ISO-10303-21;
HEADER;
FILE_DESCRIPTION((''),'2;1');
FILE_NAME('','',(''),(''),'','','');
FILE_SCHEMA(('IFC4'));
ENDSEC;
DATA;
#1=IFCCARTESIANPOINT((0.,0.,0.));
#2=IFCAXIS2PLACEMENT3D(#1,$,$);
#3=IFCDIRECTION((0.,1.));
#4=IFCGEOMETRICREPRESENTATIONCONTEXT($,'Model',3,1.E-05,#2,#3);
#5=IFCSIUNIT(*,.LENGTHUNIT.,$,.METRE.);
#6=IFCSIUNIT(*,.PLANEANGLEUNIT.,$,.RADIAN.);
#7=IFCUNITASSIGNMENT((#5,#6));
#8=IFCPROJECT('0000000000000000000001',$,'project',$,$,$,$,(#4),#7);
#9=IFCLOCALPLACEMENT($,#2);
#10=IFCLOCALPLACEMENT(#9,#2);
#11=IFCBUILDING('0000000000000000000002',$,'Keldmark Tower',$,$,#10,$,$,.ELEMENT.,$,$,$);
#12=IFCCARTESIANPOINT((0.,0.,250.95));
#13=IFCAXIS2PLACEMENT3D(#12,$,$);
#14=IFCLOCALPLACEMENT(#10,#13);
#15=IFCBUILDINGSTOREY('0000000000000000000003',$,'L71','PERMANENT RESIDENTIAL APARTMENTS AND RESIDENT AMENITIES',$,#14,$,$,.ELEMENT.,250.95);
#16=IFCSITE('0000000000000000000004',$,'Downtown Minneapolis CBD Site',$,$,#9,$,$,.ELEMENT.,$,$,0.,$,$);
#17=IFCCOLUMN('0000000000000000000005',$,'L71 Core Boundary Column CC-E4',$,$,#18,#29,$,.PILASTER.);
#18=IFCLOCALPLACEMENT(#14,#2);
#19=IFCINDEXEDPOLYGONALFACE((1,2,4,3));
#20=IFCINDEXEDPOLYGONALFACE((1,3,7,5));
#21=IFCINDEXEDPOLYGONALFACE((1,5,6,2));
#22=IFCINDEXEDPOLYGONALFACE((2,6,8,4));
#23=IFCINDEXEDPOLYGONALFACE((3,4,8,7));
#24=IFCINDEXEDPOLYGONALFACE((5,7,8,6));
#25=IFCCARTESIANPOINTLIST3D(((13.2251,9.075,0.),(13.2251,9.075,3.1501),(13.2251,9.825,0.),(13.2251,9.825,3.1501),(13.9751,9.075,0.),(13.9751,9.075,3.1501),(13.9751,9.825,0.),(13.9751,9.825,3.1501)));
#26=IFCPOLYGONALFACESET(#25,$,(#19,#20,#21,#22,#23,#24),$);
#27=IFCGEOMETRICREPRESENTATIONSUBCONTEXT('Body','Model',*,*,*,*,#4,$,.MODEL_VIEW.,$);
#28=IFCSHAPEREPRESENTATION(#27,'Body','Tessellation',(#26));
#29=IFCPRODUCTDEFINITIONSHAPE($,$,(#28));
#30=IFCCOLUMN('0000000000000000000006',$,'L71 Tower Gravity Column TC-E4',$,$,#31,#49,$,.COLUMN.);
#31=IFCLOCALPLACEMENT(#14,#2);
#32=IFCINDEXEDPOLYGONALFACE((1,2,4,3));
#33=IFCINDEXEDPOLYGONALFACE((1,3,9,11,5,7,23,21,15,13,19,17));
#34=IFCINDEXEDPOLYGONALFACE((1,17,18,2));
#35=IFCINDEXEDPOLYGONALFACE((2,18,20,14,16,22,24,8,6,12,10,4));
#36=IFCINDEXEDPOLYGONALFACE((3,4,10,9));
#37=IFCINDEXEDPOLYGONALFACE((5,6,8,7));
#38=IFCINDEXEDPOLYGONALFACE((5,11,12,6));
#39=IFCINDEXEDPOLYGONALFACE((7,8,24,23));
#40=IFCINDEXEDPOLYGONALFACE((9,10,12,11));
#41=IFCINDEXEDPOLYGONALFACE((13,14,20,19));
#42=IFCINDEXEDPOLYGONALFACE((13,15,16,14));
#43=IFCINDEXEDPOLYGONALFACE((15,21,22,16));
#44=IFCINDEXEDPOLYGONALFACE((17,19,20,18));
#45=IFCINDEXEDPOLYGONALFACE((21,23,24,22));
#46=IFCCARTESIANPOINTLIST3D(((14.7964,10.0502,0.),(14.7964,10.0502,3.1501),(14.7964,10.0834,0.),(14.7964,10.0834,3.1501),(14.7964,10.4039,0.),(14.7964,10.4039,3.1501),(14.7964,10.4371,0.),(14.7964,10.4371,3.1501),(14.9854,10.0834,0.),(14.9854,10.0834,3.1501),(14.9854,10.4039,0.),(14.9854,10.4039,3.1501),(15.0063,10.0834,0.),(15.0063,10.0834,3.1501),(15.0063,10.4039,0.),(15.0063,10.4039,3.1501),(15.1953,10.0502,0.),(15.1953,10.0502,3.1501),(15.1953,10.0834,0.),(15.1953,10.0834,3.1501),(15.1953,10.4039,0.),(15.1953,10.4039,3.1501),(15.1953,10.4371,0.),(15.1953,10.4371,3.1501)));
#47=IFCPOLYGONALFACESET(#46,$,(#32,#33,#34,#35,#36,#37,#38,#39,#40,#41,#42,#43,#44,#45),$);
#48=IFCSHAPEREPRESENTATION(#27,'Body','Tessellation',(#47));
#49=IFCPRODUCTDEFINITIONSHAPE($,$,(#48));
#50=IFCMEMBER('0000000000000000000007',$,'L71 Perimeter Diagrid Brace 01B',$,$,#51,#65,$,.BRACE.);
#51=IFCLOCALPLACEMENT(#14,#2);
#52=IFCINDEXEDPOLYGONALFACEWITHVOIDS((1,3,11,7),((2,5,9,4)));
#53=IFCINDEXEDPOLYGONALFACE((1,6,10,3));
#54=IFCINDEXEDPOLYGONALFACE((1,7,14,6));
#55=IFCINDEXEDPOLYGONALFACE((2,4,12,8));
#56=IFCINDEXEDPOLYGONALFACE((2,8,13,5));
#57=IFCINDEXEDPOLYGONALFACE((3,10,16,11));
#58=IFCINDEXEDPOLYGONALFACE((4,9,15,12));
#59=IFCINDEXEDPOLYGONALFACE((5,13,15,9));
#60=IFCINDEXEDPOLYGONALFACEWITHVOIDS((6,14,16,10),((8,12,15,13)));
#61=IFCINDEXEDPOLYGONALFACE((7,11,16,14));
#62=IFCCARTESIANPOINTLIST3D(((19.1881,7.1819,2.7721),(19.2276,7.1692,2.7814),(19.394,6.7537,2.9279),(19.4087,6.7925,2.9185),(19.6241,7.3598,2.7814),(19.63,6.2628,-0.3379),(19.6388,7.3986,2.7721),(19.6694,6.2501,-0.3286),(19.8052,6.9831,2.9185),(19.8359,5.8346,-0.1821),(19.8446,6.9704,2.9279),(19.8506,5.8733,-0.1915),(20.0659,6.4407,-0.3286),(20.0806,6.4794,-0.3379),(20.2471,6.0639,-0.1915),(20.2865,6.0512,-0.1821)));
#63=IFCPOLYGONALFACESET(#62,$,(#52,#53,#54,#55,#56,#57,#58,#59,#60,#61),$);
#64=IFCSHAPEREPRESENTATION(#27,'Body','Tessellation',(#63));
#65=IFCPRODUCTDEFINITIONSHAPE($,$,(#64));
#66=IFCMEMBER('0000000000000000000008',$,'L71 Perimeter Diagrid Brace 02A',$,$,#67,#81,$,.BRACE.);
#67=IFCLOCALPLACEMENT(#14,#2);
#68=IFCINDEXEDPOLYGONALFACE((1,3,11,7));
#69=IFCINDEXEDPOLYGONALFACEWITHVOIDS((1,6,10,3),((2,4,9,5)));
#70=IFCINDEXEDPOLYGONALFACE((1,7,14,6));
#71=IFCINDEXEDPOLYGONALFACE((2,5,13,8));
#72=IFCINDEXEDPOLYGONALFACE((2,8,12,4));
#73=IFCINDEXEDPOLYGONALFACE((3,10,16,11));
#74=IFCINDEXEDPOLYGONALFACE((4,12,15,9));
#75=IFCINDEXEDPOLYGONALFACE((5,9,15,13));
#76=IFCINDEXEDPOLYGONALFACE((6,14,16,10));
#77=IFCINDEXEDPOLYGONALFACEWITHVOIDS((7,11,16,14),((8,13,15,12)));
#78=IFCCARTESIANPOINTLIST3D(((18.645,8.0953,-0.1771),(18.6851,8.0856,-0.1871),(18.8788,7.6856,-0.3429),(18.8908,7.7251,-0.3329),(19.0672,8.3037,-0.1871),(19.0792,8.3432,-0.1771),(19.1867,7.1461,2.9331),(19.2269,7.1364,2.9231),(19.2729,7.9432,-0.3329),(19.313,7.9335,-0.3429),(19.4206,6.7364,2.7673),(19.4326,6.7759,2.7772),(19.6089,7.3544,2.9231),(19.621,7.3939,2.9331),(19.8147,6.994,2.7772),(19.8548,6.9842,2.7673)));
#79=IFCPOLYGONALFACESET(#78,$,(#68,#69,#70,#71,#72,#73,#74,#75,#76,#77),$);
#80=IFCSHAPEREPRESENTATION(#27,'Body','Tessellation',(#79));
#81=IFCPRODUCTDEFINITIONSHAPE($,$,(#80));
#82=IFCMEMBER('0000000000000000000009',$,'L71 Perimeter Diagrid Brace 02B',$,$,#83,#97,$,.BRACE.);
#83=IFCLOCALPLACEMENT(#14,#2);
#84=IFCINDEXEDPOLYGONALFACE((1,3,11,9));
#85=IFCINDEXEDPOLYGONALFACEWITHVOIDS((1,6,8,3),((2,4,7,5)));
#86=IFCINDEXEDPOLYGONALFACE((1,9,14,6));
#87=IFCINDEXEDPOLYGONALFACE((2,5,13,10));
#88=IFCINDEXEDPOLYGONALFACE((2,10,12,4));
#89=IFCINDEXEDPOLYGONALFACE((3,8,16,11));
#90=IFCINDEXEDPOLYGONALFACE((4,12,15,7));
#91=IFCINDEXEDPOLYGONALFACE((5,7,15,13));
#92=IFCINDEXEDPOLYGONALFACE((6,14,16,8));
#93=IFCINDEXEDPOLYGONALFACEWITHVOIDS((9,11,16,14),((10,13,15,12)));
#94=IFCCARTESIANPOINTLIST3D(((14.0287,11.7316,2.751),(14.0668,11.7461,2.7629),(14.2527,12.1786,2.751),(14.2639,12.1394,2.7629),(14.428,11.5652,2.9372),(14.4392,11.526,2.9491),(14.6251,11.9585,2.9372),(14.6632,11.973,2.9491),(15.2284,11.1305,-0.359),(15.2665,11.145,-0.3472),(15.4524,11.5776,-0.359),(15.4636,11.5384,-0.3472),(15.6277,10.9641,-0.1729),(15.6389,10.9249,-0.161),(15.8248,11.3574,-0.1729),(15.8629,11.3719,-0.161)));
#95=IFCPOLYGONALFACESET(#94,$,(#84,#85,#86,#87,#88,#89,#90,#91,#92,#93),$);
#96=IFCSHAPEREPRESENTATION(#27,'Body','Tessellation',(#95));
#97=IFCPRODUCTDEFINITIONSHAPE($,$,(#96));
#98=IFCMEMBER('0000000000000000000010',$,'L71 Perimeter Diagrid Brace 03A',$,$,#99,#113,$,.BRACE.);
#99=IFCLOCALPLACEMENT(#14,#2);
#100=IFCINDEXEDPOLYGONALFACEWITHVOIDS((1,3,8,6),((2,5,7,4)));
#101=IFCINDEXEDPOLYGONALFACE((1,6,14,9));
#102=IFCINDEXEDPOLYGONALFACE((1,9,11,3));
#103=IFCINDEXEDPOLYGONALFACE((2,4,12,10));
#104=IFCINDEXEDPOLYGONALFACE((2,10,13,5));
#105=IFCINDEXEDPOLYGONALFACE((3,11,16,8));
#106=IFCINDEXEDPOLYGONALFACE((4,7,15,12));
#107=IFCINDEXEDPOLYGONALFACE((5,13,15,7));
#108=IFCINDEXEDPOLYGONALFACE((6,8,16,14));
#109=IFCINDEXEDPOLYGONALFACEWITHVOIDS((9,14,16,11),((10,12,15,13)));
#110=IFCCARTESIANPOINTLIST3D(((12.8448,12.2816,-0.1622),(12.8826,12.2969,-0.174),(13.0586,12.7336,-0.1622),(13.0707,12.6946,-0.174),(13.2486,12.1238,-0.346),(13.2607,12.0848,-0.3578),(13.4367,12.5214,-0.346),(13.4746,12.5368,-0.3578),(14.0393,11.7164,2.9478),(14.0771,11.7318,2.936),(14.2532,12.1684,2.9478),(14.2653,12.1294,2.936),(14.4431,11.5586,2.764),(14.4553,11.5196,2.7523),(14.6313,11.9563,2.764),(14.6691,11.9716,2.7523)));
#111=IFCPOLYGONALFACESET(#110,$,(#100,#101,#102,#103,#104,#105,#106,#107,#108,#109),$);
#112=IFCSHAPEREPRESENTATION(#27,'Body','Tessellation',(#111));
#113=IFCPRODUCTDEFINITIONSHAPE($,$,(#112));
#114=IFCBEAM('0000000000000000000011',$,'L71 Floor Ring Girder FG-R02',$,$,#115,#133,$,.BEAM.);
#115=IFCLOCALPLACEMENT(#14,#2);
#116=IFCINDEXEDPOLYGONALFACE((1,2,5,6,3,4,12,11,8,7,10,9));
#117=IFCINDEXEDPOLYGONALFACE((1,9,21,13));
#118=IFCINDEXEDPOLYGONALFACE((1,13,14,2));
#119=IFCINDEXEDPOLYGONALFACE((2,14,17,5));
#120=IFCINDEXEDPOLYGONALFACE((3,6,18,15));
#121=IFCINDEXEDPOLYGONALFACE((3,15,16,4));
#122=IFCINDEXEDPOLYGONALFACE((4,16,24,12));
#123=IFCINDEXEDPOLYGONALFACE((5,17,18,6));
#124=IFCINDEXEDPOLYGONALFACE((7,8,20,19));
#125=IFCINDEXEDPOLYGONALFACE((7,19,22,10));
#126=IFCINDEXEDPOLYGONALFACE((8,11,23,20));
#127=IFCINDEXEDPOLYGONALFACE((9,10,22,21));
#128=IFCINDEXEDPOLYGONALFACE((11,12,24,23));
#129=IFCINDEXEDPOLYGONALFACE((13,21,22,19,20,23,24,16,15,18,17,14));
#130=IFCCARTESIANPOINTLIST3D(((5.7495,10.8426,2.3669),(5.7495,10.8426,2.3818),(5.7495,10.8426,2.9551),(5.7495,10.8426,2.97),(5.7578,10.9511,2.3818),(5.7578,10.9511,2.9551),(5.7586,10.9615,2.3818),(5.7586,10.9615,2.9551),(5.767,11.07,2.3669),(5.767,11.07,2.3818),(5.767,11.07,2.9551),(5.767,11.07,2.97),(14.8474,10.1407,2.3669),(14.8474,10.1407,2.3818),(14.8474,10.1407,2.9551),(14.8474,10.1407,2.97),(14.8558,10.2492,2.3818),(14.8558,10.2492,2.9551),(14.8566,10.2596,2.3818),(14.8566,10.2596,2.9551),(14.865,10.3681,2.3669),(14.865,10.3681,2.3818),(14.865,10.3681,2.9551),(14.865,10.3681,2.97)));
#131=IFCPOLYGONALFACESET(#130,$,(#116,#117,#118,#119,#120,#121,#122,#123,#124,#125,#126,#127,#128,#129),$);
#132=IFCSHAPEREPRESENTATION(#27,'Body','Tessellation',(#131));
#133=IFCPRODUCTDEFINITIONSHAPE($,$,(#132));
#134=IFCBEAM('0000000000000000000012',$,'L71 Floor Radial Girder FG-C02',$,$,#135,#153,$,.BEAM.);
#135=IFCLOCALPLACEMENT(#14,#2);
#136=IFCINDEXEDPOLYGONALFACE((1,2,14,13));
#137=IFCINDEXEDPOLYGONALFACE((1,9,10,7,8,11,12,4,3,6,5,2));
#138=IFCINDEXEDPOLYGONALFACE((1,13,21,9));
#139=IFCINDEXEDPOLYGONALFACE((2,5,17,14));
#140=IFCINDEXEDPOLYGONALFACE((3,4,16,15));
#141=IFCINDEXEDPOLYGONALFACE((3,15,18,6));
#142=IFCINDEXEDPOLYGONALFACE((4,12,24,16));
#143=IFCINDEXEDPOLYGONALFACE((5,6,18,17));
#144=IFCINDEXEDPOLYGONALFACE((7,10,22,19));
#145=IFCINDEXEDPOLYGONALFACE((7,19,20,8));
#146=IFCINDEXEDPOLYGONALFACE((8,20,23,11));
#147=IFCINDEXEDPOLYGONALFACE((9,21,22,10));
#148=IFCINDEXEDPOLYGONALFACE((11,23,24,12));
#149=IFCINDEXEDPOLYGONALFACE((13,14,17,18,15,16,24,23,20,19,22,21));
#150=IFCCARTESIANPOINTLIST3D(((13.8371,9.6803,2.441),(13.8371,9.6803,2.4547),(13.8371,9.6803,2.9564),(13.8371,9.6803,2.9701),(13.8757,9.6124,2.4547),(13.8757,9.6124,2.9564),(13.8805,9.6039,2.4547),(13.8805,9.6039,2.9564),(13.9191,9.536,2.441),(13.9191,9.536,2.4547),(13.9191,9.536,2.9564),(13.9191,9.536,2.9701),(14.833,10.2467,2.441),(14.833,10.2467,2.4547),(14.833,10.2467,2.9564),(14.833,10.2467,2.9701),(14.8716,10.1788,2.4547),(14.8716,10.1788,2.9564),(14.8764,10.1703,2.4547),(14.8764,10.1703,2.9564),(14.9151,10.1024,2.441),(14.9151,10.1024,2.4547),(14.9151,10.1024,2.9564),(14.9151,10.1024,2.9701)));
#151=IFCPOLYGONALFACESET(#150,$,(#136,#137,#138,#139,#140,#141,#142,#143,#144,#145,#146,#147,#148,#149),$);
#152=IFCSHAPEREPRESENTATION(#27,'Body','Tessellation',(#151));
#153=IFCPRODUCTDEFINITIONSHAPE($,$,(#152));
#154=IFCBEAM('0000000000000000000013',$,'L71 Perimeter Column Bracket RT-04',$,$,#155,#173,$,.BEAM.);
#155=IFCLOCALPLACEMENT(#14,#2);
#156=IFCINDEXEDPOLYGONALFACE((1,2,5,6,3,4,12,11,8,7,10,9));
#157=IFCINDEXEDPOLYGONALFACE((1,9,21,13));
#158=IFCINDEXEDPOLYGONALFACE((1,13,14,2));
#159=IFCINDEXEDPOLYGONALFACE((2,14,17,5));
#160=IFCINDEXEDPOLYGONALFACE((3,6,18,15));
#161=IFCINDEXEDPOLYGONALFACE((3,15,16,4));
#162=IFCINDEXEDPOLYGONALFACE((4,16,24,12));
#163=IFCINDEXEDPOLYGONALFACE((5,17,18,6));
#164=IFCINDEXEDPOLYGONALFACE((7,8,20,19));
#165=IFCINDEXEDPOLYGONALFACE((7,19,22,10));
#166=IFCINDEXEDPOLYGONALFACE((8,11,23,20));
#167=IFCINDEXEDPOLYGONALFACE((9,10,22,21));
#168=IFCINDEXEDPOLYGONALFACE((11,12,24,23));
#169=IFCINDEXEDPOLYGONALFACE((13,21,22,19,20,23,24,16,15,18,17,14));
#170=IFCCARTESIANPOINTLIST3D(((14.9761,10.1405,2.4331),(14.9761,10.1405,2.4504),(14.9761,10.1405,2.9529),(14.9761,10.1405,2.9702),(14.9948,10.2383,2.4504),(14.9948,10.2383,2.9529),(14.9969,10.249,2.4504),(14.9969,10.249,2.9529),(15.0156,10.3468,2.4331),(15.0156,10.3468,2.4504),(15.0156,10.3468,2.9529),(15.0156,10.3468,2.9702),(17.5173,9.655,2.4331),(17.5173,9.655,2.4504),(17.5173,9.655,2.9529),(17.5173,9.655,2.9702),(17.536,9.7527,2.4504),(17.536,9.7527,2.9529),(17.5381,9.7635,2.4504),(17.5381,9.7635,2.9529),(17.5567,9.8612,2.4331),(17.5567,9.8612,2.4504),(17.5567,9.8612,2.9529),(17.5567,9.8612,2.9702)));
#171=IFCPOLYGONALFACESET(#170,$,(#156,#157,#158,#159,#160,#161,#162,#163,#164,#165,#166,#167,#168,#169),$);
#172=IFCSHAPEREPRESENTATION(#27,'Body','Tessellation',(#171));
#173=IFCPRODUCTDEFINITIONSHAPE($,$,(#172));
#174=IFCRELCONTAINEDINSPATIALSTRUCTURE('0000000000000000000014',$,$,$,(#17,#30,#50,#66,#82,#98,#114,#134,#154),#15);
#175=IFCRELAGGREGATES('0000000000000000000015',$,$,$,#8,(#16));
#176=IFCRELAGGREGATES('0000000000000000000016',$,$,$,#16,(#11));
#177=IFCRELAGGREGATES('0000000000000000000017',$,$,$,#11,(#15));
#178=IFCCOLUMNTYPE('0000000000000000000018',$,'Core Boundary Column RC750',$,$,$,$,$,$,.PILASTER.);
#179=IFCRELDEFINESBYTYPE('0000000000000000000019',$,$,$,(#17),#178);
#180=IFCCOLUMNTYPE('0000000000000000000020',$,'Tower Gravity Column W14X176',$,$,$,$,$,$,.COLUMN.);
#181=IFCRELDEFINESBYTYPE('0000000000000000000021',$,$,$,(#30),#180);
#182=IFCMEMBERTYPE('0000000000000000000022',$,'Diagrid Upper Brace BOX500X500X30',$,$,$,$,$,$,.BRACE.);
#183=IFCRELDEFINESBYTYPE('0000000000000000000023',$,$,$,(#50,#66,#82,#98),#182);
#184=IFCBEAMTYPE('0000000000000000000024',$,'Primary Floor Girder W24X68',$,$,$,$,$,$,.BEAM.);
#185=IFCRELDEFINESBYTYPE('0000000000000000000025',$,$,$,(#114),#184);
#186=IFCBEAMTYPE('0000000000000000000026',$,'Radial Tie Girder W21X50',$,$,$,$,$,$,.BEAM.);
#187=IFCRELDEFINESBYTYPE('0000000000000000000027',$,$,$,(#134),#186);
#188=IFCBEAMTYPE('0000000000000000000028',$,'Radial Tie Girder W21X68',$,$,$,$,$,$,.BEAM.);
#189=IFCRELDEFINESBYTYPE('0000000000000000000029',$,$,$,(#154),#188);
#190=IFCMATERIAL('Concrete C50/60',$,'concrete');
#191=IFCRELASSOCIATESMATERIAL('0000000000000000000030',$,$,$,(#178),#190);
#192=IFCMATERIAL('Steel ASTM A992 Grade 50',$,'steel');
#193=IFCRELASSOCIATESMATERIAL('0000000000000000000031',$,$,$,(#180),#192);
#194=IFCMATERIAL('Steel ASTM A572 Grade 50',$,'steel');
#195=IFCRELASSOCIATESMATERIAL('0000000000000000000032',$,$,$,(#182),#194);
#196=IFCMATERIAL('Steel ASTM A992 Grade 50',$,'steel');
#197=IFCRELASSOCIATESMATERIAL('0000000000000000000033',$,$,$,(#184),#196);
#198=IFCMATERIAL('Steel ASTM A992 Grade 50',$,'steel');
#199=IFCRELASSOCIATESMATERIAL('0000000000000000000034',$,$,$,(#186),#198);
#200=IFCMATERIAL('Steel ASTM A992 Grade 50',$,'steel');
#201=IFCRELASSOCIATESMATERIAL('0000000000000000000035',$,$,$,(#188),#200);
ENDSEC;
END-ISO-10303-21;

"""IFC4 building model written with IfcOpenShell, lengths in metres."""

from ifc_helpers import new_model, si_unit, direction, frame, origin, origin_2d, place, context, subcontext, project, spatial, rectangle, hollow_rectangle, i_section, extrude, material, material_profile, profile_set, type_object, element, save


model = new_model("IFC4")

# Units and contexts
model_context = context("Model", 3, precision=1e-05, world=origin(), true_north=direction((0.0, 1.0)))
body_context = subcontext(model_context, "Body", "Model", "MODEL_VIEW")
ifc_project = project(units=[si_unit("LENGTHUNIT", "METRE"), si_unit("PLANEANGLEUNIT", "RADIAN")], contexts=[model_context])

# Site, building, storey
site_placement = place(None, origin())
site = spatial("IfcSite", under=ifc_project, at=site_placement, Name="Downtown Minneapolis CBD Site", CompositionType="ELEMENT", RefElevation=0.0)
building_placement = place(site_placement, origin())
building = spatial("IfcBuilding", under=site, at=building_placement, Name="Keldmark Tower", CompositionType="ELEMENT")
storey_placement = place(building_placement, frame((0.0, 0.0, 250.95)))
storey = spatial("IfcBuildingStorey", under=building, at=storey_placement, Name="L71", Description="PERMANENT RESIDENTIAL APARTMENTS AND RESIDENT AMENITIES", CompositionType="ELEMENT", Elevation=250.95)

# Columns
ifc_material_1 = material(Name="Concrete C50/60", Category="concrete")
ifc_material_profile_1 = material_profile(ifc_material_1, rectangle(XDim=0.75, YDim=0.75, at=origin_2d()), Name="RC750X750")
ifc_profile_set_1 = profile_set([ifc_material_profile_1], Name="Concrete C50/60")
column_type_1 = type_object("IfcColumnType", Name="Core Boundary Column RC750", PredefinedType="PILASTER", material=ifc_profile_set_1)
column_1_placement = place(storey_placement, frame((13.6001, 9.45, 0.0), z_axis=(0.0, 0.0, 1.0), x_axis=(1.0, 0.0, 0.0)))
element("IfcColumn", 1, at=column_1_placement, inside=storey, type_object=column_type_1, Name="L71 Core Boundary Column CC-E4", PredefinedType="PILASTER", context=body_context, shape_type="SweptSolid", body=[
    extrude(rectangle(XDim=0.75, YDim=0.75, at=origin_2d()), origin(), (0.0, 0.0, 1.0), 3.1501),
])
ifc_material_2 = material(Name="Steel ASTM A992 Grade 50", Category="steel")
ifc_material_profile_2 = material_profile(ifc_material_2, i_section(OverallWidth=0.3989, OverallDepth=0.387, WebThickness=0.021, FlangeThickness=0.0332, at=origin_2d()), Name="W14X176")
ifc_profile_set_2 = profile_set([ifc_material_profile_2], Name="Steel ASTM A992 Grade 50")
column_type_2 = type_object("IfcColumnType", Name="Tower Gravity Column W14X176", PredefinedType="COLUMN", material=ifc_profile_set_2)
column_2_placement = place(storey_placement, frame((14.9958, 10.2437, 0.0), z_axis=(0.0, 0.0, 1.0), x_axis=(1.0, 0.0, 0.0)))
element("IfcColumn", 2, at=column_2_placement, inside=storey, type_object=column_type_2, Name="L71 Tower Gravity Column TC-E4", PredefinedType="COLUMN", context=body_context, shape_type="SweptSolid", body=[
    extrude(i_section(OverallWidth=0.3989, OverallDepth=0.387, WebThickness=0.021, FlangeThickness=0.0332, at=origin_2d()), origin(), (0.0, 0.0, 1.0), 3.1501),
])

# Members
ifc_material_3 = material(Name="Steel ASTM A572 Grade 50", Category="steel")
ifc_material_profile_3 = material_profile(ifc_material_3, hollow_rectangle(XDim=0.5, YDim=0.5, WallThickness=0.03, at=origin_2d()), Name="BOX500X500X30")
ifc_profile_set_3 = profile_set([ifc_material_profile_3], Name="Steel ASTM A572 Grade 50")
member_type = type_object("IfcMemberType", Name="Diagrid Upper Brace BOX500X500X30", PredefinedType="BRACE", material=ifc_profile_set_3)
member_1_placement = place(storey_placement, frame((19.9583, 6.157, -0.26), z_axis=(-0.135009, 0.280835, 0.950213), x_axis=(-0.901261, -0.433276, 0.0)))
element("IfcMember", 3, at=member_1_placement, inside=storey, type_object=member_type, Name="L71 Perimeter Diagrid Brace 01B", PredefinedType="BRACE", context=body_context, shape_type="SweptSolid", body=[
    extrude(hollow_rectangle(XDim=0.5, YDim=0.5, WallThickness=0.03, at=origin_2d()), origin(), (0.0, 0.0, 1.0), 3.2729),
])
member_2_placement = place(storey_placement, frame((18.979, 8.0144, -0.26), z_axis=(0.164338, -0.287943, 0.943442), x_axis=(0.868504, 0.495682, 0.0)))
element("IfcMember", 4, at=member_2_placement, inside=storey, type_object=member_type, Name="L71 Perimeter Diagrid Brace 02A", PredefinedType="BRACE", context=body_context, shape_type="SweptSolid", body=[
    extrude(hollow_rectangle(XDim=0.5, YDim=0.5, WallThickness=0.03, at=origin_2d()), origin(), (0.0, 0.0, 1.0), 3.2966),
])
member_3_placement = place(storey_placement, frame((15.5457, 11.2512, -0.26), z_axis=(-0.354185, 0.177453, 0.918185), x_axis=(-0.447941, -0.894063, 0.0)))
element("IfcMember", 5, at=member_3_placement, inside=storey, type_object=member_type, Name="L71 Perimeter Diagrid Brace 02B", PredefinedType="BRACE", context=body_context, shape_type="SweptSolid", body=[
    extrude(hollow_rectangle(XDim=0.5, YDim=0.5, WallThickness=0.03, at=origin_2d()), origin(), (0.0, 0.0, 1.0), 3.3872),
])
member_4_placement = place(storey_placement, frame((13.1597, 12.4092, -0.26), z_axis=(0.353506, -0.167253, 0.920359), x_axis=(0.427673, 0.903933, 0.0)))
element("IfcMember", 6, at=member_4_placement, inside=storey, type_object=member_type, Name="L71 Perimeter Diagrid Brace 03A", PredefinedType="BRACE", context=body_context, shape_type="SweptSolid", body=[
    extrude(hollow_rectangle(XDim=0.5, YDim=0.5, WallThickness=0.03, at=origin_2d()), origin(), (0.0, 0.0, 1.0), 3.3792),
])

# Beams
ifc_material_4 = material(Name="Steel ASTM A992 Grade 50", Category="steel")
ifc_material_profile_4 = material_profile(ifc_material_4, i_section(OverallWidth=0.228, OverallDepth=0.603, WebThickness=0.0105, FlangeThickness=0.0149, at=origin_2d()), Name="W24X68")
ifc_profile_set_4 = profile_set([ifc_material_profile_4], Name="Steel ASTM A992 Grade 50")
beam_type_1 = type_object("IfcBeamType", Name="Primary Floor Girder W24X68", PredefinedType="BEAM", material=ifc_profile_set_4)
beam_1_placement = place(storey_placement, frame((14.8562, 10.2544, 2.6685), z_axis=(-0.997037, 0.076922, 0.0), x_axis=(-0.076922, -0.997037, 0.0)))
element("IfcBeam", 7, at=beam_1_placement, inside=storey, type_object=beam_type_1, Name="L71 Floor Ring Girder FG-R02", PredefinedType="BEAM", context=body_context, shape_type="SweptSolid", body=[
    extrude(i_section(OverallWidth=0.228, OverallDepth=0.603, WebThickness=0.0105, FlangeThickness=0.0149, at=origin_2d()), origin(), (0.0, 0.0, 1.0), 9.125),
])
ifc_material_5 = material(Name="Steel ASTM A992 Grade 50", Category="steel")
ifc_material_profile_5 = material_profile(ifc_material_5, i_section(OverallWidth=0.166, OverallDepth=0.5291, WebThickness=0.0098, FlangeThickness=0.0137, at=origin_2d()), Name="W21X50")
ifc_profile_set_5 = profile_set([ifc_material_profile_5], Name="Steel ASTM A992 Grade 50")
beam_type_2 = type_object("IfcBeamType", Name="Radial Tie Girder W21X50", PredefinedType="BEAM", material=ifc_profile_set_5)
beam_2_placement = place(storey_placement, frame((14.874, 10.1746, 2.7056), z_axis=(-0.869238, -0.494394, 0.0), x_axis=(0.494394, -0.869238, 0.0)))
element("IfcBeam", 8, at=beam_2_placement, inside=storey, type_object=beam_type_2, Name="L71 Floor Radial Girder FG-C02", PredefinedType="BEAM", context=body_context, shape_type="SweptSolid", body=[
    extrude(i_section(OverallWidth=0.166, OverallDepth=0.5291, WebThickness=0.0098, FlangeThickness=0.0137, at=origin_2d()), origin(), (0.0, 0.0, 1.0), 1.1458),
])
ifc_material_6 = material(Name="Steel ASTM A992 Grade 50", Category="steel")
ifc_material_profile_6 = material_profile(ifc_material_6, i_section(OverallWidth=0.21, OverallDepth=0.5371, WebThickness=0.011, FlangeThickness=0.0173, at=origin_2d()), Name="W21X68")
ifc_profile_set_6 = profile_set([ifc_material_profile_6], Name="Steel ASTM A992 Grade 50")
beam_type_3 = type_object("IfcBeamType", Name="Radial Tie Girder W21X68", PredefinedType="BEAM", material=ifc_profile_set_6)
beam_3_placement = place(storey_placement, frame((14.9958, 10.2437, 2.7017), z_axis=(0.982229, -0.187689, 0.0), x_axis=(0.187689, 0.982229, 0.0)))
element("IfcBeam", 9, at=beam_3_placement, inside=storey, type_object=beam_type_3, Name="L71 Perimeter Column Bracket RT-04", PredefinedType="BEAM", context=body_context, shape_type="SweptSolid", body=[
    extrude(i_section(OverallWidth=0.21, OverallDepth=0.5371, WebThickness=0.011, FlangeThickness=0.0173, at=origin_2d()), origin(), (0.0, 0.0, 1.0), 2.5872),
])

save(model, "model.ifc")
